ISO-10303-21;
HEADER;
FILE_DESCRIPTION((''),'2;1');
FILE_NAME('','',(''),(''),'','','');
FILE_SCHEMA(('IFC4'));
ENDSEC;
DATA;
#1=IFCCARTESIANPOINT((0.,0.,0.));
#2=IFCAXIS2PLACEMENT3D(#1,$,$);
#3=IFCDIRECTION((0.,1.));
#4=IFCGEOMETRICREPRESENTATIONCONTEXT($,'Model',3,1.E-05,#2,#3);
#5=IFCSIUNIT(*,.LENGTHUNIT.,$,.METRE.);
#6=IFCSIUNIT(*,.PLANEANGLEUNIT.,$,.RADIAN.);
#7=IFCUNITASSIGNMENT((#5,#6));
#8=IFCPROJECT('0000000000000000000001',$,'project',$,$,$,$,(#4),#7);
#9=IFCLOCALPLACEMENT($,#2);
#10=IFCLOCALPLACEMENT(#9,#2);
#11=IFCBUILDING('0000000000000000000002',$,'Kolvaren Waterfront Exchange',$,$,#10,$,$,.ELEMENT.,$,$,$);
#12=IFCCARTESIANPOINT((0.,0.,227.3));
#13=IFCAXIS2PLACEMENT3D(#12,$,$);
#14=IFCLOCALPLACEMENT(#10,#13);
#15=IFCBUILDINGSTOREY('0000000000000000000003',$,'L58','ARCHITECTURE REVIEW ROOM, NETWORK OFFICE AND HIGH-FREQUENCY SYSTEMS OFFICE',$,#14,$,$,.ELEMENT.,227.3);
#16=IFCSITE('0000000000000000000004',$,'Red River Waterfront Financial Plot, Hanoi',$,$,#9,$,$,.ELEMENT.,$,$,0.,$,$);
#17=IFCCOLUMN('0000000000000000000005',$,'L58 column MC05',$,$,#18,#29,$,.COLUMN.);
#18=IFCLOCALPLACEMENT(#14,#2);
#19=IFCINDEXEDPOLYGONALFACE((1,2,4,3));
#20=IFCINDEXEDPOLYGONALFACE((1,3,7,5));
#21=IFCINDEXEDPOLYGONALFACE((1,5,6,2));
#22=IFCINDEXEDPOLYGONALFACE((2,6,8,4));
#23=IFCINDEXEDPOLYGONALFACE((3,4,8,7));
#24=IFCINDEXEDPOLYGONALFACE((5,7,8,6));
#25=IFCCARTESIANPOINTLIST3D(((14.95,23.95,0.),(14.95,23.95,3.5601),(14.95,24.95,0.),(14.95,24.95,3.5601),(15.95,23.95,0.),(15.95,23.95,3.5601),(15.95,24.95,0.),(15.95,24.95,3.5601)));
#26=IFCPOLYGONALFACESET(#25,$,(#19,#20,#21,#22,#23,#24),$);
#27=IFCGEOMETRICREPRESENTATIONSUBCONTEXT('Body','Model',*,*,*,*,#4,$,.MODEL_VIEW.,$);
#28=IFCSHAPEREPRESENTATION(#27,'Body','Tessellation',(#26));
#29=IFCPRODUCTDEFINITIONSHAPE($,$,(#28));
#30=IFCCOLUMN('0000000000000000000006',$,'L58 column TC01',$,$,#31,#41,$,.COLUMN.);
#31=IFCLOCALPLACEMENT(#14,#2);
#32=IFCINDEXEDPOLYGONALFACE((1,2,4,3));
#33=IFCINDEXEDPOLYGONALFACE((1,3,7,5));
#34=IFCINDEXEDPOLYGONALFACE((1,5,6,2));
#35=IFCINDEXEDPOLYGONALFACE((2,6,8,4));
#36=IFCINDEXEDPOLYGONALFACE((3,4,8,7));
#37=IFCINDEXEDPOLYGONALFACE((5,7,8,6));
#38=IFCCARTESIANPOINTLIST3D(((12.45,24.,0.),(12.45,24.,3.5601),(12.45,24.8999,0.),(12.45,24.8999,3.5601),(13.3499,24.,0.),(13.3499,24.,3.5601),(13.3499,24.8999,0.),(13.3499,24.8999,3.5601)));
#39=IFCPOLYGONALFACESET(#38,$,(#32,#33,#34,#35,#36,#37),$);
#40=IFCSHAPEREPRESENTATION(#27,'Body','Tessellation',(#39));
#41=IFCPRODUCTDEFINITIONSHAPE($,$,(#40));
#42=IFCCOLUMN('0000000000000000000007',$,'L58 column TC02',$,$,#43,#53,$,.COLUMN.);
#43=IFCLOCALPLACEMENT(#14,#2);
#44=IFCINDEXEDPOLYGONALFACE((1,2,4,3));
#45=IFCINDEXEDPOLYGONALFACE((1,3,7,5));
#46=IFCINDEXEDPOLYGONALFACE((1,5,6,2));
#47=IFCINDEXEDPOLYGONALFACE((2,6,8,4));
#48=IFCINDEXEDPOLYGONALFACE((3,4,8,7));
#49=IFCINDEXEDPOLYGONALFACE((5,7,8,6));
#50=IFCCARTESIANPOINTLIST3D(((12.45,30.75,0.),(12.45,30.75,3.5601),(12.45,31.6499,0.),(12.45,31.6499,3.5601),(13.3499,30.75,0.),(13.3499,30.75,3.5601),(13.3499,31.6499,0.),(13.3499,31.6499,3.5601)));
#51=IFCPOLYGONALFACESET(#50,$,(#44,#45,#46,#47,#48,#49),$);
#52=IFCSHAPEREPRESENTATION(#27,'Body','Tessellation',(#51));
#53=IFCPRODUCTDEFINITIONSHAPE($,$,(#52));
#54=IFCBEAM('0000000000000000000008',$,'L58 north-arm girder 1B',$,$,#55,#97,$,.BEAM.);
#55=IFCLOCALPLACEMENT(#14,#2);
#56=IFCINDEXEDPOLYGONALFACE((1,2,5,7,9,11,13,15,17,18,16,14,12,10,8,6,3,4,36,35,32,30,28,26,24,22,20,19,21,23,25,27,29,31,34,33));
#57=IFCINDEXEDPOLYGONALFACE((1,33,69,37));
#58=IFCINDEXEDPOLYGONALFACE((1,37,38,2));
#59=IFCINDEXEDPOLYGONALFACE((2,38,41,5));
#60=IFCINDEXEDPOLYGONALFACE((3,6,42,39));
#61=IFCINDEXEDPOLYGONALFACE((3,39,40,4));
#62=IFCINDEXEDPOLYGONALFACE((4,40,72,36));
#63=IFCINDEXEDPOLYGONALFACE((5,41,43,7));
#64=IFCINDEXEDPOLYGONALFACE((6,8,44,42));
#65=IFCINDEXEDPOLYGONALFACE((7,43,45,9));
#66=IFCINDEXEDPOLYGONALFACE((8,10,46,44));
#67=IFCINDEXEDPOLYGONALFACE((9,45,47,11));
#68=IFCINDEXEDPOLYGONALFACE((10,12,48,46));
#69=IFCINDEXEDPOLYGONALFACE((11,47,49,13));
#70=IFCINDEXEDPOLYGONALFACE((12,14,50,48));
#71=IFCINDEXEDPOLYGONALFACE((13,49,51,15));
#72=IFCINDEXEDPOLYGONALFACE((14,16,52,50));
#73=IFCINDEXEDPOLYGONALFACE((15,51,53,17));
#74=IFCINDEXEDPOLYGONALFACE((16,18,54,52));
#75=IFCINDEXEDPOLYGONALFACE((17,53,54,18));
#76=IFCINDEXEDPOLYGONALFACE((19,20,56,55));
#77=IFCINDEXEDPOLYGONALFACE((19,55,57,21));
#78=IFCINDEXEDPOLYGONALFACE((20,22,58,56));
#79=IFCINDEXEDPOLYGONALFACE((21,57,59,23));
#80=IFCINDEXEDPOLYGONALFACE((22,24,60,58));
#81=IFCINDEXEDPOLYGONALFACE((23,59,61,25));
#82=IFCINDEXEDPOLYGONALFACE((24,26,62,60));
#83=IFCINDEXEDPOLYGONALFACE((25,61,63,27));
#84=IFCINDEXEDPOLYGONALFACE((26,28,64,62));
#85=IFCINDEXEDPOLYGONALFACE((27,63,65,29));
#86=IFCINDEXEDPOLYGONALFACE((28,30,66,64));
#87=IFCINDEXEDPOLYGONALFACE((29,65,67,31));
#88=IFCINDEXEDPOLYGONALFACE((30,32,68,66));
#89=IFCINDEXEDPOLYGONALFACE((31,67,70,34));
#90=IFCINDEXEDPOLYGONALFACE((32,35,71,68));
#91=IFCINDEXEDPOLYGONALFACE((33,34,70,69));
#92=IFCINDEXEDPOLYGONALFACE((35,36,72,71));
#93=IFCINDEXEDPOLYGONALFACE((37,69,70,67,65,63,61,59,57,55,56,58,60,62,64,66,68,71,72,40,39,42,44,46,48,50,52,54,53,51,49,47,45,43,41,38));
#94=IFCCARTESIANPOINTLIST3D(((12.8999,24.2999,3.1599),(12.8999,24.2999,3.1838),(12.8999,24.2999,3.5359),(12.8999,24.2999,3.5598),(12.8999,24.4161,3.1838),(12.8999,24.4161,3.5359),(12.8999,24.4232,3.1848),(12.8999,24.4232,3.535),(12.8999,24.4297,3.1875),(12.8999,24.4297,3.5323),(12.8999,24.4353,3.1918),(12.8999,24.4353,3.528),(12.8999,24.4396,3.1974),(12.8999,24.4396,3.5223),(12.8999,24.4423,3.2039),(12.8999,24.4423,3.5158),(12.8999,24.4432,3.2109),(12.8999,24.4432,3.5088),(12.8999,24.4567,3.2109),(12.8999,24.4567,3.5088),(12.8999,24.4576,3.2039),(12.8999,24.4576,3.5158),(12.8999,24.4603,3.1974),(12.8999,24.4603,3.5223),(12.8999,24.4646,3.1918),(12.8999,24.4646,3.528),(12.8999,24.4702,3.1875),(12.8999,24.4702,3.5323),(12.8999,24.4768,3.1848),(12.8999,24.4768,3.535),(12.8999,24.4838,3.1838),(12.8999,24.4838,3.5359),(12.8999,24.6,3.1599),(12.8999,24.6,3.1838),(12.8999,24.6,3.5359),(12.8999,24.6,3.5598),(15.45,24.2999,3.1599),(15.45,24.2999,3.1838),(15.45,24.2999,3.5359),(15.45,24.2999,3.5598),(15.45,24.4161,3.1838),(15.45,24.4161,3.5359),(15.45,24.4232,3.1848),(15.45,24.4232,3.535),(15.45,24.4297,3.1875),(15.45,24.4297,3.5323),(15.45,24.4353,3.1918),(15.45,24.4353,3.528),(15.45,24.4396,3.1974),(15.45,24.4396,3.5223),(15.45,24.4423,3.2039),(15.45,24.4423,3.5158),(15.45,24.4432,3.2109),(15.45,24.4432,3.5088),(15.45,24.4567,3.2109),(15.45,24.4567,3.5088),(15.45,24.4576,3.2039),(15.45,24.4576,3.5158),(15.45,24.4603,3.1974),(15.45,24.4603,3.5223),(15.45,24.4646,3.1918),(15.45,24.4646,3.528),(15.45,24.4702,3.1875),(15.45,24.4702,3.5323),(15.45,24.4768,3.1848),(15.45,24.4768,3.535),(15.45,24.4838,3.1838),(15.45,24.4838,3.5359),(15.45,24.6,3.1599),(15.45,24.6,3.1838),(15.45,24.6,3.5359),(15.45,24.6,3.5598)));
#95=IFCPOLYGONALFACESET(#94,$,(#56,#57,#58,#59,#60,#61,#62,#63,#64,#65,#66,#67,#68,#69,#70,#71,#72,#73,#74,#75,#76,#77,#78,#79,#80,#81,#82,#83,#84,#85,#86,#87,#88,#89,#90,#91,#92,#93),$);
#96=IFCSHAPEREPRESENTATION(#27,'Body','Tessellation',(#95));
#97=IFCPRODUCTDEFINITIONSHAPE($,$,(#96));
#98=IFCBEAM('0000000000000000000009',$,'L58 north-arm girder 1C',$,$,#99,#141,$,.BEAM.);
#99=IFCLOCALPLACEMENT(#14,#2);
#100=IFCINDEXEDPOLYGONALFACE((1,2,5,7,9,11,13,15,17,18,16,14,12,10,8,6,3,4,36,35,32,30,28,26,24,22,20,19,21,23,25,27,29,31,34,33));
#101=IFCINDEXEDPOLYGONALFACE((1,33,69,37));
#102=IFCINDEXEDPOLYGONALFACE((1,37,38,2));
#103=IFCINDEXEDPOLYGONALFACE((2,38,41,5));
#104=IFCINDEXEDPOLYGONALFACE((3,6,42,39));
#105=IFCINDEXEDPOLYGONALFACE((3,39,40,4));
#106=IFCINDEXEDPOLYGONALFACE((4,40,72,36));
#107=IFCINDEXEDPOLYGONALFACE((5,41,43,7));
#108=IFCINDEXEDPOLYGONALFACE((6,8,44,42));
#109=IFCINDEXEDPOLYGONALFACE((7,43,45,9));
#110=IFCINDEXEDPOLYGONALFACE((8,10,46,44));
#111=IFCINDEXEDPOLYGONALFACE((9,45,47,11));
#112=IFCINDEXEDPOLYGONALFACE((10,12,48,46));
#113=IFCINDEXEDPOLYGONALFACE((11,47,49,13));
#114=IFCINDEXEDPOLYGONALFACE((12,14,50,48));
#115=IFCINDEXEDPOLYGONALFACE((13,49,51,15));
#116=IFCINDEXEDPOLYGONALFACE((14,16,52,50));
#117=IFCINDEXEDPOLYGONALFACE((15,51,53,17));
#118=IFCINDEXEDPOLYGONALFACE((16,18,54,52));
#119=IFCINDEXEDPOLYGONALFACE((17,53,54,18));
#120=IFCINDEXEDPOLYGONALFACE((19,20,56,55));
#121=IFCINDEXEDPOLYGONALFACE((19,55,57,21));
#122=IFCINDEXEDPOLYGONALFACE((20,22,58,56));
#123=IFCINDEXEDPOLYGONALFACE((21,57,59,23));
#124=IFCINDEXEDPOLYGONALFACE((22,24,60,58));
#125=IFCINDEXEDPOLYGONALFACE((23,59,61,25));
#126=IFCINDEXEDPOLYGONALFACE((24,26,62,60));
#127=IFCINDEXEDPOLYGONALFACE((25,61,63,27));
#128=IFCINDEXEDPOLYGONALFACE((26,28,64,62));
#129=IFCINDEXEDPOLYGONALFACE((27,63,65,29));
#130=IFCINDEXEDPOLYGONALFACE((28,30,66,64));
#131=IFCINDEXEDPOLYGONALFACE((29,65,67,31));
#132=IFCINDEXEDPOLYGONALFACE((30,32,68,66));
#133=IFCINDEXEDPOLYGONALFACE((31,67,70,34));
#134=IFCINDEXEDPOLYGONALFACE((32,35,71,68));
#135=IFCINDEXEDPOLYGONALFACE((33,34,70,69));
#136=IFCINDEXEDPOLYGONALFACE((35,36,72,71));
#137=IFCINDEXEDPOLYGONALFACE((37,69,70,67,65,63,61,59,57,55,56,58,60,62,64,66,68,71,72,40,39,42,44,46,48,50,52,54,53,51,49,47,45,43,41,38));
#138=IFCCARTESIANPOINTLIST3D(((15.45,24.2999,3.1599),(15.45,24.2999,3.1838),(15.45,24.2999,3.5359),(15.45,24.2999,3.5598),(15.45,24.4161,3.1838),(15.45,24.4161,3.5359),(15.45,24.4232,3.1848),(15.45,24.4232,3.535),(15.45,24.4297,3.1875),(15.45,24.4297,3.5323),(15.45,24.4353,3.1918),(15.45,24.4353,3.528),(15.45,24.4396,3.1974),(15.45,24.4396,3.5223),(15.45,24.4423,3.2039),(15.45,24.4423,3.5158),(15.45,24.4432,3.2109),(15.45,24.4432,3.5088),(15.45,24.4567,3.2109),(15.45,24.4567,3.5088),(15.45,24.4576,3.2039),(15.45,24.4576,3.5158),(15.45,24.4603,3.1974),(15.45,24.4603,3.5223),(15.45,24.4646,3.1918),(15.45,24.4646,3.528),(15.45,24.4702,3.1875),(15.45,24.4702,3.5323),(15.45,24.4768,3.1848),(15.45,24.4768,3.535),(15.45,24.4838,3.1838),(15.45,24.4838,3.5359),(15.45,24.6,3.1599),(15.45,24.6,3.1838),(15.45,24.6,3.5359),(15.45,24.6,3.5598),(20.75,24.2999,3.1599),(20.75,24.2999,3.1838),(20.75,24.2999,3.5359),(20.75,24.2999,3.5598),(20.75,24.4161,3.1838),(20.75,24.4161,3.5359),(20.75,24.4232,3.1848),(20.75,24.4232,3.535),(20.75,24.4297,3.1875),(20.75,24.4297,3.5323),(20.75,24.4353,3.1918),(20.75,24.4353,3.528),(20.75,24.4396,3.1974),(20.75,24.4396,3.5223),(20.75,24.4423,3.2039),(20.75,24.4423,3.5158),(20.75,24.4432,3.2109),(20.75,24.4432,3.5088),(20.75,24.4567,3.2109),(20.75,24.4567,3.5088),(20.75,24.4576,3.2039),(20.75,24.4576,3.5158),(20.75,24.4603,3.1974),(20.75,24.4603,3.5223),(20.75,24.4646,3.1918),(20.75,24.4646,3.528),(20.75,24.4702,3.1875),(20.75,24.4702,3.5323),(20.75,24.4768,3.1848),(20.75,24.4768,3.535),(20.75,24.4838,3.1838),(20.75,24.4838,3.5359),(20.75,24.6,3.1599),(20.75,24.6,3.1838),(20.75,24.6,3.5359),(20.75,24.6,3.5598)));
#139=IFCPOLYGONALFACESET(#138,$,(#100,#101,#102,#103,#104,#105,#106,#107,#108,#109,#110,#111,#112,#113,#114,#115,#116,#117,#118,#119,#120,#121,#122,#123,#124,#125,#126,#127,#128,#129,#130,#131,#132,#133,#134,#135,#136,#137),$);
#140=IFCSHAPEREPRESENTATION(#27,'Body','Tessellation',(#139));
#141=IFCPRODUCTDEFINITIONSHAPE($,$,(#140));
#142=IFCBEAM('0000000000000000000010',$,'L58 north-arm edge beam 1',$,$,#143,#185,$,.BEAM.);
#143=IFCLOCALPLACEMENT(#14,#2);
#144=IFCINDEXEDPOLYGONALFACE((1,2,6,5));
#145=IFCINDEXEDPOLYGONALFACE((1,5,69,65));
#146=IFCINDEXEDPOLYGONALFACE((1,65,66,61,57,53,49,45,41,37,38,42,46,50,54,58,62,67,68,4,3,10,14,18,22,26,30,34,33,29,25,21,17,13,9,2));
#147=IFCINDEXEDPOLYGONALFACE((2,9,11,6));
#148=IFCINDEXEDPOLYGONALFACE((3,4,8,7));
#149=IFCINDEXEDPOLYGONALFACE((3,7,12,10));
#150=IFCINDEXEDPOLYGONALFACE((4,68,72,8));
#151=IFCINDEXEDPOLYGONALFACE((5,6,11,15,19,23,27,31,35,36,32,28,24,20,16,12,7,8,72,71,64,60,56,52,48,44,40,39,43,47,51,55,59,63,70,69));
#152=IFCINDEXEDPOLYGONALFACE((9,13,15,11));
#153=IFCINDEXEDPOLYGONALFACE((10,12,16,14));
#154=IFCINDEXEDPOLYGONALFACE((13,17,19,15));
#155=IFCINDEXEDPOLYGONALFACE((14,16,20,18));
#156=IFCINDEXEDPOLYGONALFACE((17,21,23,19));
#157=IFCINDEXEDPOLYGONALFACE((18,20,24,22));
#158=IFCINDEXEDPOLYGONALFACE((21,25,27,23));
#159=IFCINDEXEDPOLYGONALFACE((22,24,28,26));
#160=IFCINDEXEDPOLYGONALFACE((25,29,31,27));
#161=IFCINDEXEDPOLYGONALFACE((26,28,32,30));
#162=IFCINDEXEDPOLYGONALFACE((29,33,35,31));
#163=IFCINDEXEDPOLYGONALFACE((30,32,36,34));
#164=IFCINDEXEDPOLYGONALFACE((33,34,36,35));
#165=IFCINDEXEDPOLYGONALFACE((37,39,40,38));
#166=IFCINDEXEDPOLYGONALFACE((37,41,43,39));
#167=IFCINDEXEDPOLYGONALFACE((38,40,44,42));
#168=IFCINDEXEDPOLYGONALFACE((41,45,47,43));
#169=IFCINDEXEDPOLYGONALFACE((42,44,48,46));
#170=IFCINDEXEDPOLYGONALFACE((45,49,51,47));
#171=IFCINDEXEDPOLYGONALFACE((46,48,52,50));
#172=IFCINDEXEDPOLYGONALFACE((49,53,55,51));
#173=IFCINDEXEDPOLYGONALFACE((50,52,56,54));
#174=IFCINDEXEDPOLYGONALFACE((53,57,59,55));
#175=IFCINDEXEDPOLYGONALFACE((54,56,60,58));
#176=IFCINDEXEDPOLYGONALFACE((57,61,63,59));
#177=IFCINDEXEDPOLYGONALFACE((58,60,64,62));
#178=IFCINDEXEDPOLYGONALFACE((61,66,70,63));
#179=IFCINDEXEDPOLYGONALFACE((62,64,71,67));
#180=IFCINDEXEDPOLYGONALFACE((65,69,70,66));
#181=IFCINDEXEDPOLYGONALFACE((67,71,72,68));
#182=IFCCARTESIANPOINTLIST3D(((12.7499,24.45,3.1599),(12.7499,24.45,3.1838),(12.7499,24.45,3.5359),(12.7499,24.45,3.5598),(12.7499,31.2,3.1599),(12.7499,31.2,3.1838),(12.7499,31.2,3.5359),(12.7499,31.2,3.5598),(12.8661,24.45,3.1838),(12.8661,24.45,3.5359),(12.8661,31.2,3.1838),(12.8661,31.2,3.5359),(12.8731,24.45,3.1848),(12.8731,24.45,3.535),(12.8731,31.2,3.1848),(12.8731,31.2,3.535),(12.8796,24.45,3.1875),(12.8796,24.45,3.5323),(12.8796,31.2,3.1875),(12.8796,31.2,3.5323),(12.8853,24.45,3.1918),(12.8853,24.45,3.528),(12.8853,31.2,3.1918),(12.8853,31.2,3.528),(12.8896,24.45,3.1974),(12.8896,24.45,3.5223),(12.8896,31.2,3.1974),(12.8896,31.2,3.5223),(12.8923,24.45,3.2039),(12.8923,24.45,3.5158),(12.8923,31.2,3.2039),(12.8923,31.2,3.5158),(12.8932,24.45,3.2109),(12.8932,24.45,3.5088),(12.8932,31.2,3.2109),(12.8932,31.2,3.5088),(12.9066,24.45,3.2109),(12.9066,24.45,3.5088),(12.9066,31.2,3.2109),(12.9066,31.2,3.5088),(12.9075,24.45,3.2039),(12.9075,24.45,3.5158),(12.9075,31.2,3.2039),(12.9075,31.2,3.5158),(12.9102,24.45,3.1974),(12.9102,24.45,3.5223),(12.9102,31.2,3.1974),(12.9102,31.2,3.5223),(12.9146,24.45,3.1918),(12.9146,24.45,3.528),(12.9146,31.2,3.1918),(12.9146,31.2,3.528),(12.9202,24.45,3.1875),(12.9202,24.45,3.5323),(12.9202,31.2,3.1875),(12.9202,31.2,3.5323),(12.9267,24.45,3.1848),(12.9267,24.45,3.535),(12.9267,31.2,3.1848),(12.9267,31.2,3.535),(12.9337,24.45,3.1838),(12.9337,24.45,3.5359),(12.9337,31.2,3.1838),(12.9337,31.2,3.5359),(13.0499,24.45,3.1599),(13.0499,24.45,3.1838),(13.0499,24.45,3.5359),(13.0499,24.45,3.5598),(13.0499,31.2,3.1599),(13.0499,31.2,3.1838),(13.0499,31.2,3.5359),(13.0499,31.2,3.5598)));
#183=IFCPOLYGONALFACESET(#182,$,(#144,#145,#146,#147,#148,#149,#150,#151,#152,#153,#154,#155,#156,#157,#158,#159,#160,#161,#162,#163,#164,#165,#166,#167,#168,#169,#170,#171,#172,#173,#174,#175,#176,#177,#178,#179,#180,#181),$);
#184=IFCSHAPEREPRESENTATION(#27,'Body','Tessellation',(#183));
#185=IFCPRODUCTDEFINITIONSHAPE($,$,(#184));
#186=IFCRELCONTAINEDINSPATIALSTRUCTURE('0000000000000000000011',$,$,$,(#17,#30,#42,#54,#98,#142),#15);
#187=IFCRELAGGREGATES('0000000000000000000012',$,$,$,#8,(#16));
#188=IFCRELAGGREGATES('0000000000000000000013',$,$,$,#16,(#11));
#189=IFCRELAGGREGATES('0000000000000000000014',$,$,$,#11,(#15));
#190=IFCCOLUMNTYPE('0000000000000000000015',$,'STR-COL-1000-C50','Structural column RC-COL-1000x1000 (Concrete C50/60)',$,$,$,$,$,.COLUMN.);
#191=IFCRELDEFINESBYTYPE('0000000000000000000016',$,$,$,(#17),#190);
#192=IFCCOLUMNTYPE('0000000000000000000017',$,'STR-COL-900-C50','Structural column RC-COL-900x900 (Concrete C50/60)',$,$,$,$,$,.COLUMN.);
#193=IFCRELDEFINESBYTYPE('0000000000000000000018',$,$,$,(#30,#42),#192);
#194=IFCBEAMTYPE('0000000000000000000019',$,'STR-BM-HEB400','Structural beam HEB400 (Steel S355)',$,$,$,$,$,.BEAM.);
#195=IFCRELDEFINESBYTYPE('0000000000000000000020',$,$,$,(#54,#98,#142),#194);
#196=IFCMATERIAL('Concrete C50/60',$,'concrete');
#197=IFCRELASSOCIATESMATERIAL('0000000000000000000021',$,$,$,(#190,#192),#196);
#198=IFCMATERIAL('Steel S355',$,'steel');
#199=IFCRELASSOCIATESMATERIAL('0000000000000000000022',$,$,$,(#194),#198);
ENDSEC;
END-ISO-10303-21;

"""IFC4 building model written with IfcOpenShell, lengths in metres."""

from ifc_helpers import new_model, si_unit, direction, frame, origin, origin_2d, place, context, subcontext, project, spatial, rectangle, i_section, extrude, material, material_profile, profile_set, type_object, element, save


model = new_model("IFC4")

# Units and contexts
model_context = context("Model", 3, precision=1e-05, world=origin(), true_north=direction((0.0, 1.0)))
body_context = subcontext(model_context, "Body", "Model", "MODEL_VIEW")
ifc_project = project(units=[si_unit("LENGTHUNIT", "METRE"), si_unit("PLANEANGLEUNIT", "RADIAN")], contexts=[model_context])

# Site, building, storey
site_placement = place(None, origin())
site = spatial("IfcSite", under=ifc_project, at=site_placement, Name="Red River Waterfront Financial Plot, Hanoi", CompositionType="ELEMENT", RefElevation=0.0)
building_placement = place(site_placement, origin())
building = spatial("IfcBuilding", under=site, at=building_placement, Name="Kolvaren Waterfront Exchange", CompositionType="ELEMENT")
storey_placement = place(building_placement, frame((0.0, 0.0, 227.3)))
storey = spatial("IfcBuildingStorey", under=building, at=storey_placement, Name="L58", Description="ARCHITECTURE REVIEW ROOM, NETWORK OFFICE AND HIGH-FREQUENCY SYSTEMS OFFICE", CompositionType="ELEMENT", Elevation=227.3)

# Columns
ifc_material_1 = material(Name="Concrete C50/60", Category="concrete")
ifc_material_profile_1 = material_profile(ifc_material_1, rectangle(XDim=1.0, YDim=1.0, at=origin_2d()), Name="RC-COL-1000x1000")
ifc_profile_set_1 = profile_set([ifc_material_profile_1], Name="Concrete C50/60")
column_type_1 = type_object("IfcColumnType", Name="STR-COL-1000-C50", Description="Structural column RC-COL-1000x1000 (Concrete C50/60)", PredefinedType="COLUMN", material=ifc_profile_set_1)
column_placement = place(storey_placement, frame((15.45, 24.45, 0.0), z_axis=(0.0, 0.0, 1.0), x_axis=(1.0, 0.0, 0.0)))
element("IfcColumn", 1, at=column_placement, inside=storey, type_object=column_type_1, Name="L58 column MC05", PredefinedType="COLUMN", context=body_context, shape_type="SweptSolid", body=[
    extrude(rectangle(XDim=1.0, YDim=1.0, at=origin_2d()), origin(), (0.0, 0.0, 1.0), 3.5601),
])
ifc_material_profile_2 = material_profile(ifc_material_1, rectangle(XDim=0.8999, YDim=0.8999, at=origin_2d()), Name="RC-COL-900x900")
ifc_profile_set_2 = profile_set([ifc_material_profile_2], Name="Concrete C50/60")
column_type_2 = type_object("IfcColumnType", Name="STR-COL-900-C50", Description="Structural column RC-COL-900x900 (Concrete C50/60)", PredefinedType="COLUMN", material=ifc_profile_set_2)
for number, where, z_axis, x_axis, name in (
    (2, (12.8999, 24.45, 0.0), (0.0, 0.0, 1.0), (1.0, 0.0, 0.0), "L58 column TC01"),
    (3, (12.8999, 31.2, 0.0), (0.0, 0.0, 1.0), (1.0, 0.0, 0.0), "L58 column TC02"),
):
    element("IfcColumn", number, at=place(storey_placement, frame(where, z_axis=z_axis, x_axis=x_axis)), inside=storey, type_object=column_type_2, Name=name, PredefinedType="COLUMN", context=body_context, shape_type="SweptSolid", body=[
        extrude(rectangle(XDim=0.8999, YDim=0.8999, at=origin_2d()), origin(), (0.0, 0.0, 1.0), 3.5601),
    ])

# Beams
ifc_material_2 = material(Name="Steel S355", Category="steel")
ifc_material_profile_3 = material_profile(ifc_material_2, i_section(OverallWidth=0.3, OverallDepth=0.3999, WebThickness=0.0134, FlangeThickness=0.0239, FilletRadius=0.0271, at=origin_2d()), Name="HEB400")
ifc_profile_set_3 = profile_set([ifc_material_profile_3], Name="Steel S355")
beam_type_1 = type_object("IfcBeamType", Name="STR-BM-HEB400", Description="Structural beam HEB400 (Steel S355)", PredefinedType="BEAM", material=ifc_profile_set_3)
beam_1_placement = place(storey_placement, frame((12.8999, 24.45, 3.3599), z_axis=(1.0, 0.0, 0.0), x_axis=(0.0, 1.0, 0.0)))
element("IfcBeam", 4, at=beam_1_placement, inside=storey, type_object=beam_type_1, Name="L58 north-arm girder 1B", PredefinedType="BEAM", context=body_context, shape_type="SweptSolid", body=[
    extrude(i_section(OverallWidth=0.3, OverallDepth=0.3999, WebThickness=0.0134, FlangeThickness=0.0239, FilletRadius=0.0271, at=origin_2d()), origin(), (0.0, 0.0, 1.0), 2.55),
])
beam_2_placement = place(storey_placement, frame((15.45, 24.45, 3.3599), z_axis=(1.0, 0.0, 0.0), x_axis=(0.0, 1.0, 0.0)))
element("IfcBeam", 5, at=beam_2_placement, inside=storey, type_object=beam_type_1, Name="L58 north-arm girder 1C", PredefinedType="BEAM", context=body_context, shape_type="SweptSolid", body=[
    extrude(i_section(OverallWidth=0.3, OverallDepth=0.3999, WebThickness=0.0134, FlangeThickness=0.0239, FilletRadius=0.0271, at=origin_2d()), origin(), (0.0, 0.0, 1.0), 5.3),
])
beam_3_placement = place(storey_placement, frame((12.8999, 24.45, 3.3599), z_axis=(0.0, 1.0, 0.0), x_axis=(-1.0, 0.0, 0.0)))
element("IfcBeam", 6, at=beam_3_placement, inside=storey, type_object=beam_type_1, Name="L58 north-arm edge beam 1", PredefinedType="BEAM", context=body_context, shape_type="SweptSolid", body=[
    extrude(i_section(OverallWidth=0.3, OverallDepth=0.3999, WebThickness=0.0134, FlangeThickness=0.0239, FilletRadius=0.0271, at=origin_2d()), origin(), (0.0, 0.0, 1.0), 6.75),
])

save(model, "model.ifc")
